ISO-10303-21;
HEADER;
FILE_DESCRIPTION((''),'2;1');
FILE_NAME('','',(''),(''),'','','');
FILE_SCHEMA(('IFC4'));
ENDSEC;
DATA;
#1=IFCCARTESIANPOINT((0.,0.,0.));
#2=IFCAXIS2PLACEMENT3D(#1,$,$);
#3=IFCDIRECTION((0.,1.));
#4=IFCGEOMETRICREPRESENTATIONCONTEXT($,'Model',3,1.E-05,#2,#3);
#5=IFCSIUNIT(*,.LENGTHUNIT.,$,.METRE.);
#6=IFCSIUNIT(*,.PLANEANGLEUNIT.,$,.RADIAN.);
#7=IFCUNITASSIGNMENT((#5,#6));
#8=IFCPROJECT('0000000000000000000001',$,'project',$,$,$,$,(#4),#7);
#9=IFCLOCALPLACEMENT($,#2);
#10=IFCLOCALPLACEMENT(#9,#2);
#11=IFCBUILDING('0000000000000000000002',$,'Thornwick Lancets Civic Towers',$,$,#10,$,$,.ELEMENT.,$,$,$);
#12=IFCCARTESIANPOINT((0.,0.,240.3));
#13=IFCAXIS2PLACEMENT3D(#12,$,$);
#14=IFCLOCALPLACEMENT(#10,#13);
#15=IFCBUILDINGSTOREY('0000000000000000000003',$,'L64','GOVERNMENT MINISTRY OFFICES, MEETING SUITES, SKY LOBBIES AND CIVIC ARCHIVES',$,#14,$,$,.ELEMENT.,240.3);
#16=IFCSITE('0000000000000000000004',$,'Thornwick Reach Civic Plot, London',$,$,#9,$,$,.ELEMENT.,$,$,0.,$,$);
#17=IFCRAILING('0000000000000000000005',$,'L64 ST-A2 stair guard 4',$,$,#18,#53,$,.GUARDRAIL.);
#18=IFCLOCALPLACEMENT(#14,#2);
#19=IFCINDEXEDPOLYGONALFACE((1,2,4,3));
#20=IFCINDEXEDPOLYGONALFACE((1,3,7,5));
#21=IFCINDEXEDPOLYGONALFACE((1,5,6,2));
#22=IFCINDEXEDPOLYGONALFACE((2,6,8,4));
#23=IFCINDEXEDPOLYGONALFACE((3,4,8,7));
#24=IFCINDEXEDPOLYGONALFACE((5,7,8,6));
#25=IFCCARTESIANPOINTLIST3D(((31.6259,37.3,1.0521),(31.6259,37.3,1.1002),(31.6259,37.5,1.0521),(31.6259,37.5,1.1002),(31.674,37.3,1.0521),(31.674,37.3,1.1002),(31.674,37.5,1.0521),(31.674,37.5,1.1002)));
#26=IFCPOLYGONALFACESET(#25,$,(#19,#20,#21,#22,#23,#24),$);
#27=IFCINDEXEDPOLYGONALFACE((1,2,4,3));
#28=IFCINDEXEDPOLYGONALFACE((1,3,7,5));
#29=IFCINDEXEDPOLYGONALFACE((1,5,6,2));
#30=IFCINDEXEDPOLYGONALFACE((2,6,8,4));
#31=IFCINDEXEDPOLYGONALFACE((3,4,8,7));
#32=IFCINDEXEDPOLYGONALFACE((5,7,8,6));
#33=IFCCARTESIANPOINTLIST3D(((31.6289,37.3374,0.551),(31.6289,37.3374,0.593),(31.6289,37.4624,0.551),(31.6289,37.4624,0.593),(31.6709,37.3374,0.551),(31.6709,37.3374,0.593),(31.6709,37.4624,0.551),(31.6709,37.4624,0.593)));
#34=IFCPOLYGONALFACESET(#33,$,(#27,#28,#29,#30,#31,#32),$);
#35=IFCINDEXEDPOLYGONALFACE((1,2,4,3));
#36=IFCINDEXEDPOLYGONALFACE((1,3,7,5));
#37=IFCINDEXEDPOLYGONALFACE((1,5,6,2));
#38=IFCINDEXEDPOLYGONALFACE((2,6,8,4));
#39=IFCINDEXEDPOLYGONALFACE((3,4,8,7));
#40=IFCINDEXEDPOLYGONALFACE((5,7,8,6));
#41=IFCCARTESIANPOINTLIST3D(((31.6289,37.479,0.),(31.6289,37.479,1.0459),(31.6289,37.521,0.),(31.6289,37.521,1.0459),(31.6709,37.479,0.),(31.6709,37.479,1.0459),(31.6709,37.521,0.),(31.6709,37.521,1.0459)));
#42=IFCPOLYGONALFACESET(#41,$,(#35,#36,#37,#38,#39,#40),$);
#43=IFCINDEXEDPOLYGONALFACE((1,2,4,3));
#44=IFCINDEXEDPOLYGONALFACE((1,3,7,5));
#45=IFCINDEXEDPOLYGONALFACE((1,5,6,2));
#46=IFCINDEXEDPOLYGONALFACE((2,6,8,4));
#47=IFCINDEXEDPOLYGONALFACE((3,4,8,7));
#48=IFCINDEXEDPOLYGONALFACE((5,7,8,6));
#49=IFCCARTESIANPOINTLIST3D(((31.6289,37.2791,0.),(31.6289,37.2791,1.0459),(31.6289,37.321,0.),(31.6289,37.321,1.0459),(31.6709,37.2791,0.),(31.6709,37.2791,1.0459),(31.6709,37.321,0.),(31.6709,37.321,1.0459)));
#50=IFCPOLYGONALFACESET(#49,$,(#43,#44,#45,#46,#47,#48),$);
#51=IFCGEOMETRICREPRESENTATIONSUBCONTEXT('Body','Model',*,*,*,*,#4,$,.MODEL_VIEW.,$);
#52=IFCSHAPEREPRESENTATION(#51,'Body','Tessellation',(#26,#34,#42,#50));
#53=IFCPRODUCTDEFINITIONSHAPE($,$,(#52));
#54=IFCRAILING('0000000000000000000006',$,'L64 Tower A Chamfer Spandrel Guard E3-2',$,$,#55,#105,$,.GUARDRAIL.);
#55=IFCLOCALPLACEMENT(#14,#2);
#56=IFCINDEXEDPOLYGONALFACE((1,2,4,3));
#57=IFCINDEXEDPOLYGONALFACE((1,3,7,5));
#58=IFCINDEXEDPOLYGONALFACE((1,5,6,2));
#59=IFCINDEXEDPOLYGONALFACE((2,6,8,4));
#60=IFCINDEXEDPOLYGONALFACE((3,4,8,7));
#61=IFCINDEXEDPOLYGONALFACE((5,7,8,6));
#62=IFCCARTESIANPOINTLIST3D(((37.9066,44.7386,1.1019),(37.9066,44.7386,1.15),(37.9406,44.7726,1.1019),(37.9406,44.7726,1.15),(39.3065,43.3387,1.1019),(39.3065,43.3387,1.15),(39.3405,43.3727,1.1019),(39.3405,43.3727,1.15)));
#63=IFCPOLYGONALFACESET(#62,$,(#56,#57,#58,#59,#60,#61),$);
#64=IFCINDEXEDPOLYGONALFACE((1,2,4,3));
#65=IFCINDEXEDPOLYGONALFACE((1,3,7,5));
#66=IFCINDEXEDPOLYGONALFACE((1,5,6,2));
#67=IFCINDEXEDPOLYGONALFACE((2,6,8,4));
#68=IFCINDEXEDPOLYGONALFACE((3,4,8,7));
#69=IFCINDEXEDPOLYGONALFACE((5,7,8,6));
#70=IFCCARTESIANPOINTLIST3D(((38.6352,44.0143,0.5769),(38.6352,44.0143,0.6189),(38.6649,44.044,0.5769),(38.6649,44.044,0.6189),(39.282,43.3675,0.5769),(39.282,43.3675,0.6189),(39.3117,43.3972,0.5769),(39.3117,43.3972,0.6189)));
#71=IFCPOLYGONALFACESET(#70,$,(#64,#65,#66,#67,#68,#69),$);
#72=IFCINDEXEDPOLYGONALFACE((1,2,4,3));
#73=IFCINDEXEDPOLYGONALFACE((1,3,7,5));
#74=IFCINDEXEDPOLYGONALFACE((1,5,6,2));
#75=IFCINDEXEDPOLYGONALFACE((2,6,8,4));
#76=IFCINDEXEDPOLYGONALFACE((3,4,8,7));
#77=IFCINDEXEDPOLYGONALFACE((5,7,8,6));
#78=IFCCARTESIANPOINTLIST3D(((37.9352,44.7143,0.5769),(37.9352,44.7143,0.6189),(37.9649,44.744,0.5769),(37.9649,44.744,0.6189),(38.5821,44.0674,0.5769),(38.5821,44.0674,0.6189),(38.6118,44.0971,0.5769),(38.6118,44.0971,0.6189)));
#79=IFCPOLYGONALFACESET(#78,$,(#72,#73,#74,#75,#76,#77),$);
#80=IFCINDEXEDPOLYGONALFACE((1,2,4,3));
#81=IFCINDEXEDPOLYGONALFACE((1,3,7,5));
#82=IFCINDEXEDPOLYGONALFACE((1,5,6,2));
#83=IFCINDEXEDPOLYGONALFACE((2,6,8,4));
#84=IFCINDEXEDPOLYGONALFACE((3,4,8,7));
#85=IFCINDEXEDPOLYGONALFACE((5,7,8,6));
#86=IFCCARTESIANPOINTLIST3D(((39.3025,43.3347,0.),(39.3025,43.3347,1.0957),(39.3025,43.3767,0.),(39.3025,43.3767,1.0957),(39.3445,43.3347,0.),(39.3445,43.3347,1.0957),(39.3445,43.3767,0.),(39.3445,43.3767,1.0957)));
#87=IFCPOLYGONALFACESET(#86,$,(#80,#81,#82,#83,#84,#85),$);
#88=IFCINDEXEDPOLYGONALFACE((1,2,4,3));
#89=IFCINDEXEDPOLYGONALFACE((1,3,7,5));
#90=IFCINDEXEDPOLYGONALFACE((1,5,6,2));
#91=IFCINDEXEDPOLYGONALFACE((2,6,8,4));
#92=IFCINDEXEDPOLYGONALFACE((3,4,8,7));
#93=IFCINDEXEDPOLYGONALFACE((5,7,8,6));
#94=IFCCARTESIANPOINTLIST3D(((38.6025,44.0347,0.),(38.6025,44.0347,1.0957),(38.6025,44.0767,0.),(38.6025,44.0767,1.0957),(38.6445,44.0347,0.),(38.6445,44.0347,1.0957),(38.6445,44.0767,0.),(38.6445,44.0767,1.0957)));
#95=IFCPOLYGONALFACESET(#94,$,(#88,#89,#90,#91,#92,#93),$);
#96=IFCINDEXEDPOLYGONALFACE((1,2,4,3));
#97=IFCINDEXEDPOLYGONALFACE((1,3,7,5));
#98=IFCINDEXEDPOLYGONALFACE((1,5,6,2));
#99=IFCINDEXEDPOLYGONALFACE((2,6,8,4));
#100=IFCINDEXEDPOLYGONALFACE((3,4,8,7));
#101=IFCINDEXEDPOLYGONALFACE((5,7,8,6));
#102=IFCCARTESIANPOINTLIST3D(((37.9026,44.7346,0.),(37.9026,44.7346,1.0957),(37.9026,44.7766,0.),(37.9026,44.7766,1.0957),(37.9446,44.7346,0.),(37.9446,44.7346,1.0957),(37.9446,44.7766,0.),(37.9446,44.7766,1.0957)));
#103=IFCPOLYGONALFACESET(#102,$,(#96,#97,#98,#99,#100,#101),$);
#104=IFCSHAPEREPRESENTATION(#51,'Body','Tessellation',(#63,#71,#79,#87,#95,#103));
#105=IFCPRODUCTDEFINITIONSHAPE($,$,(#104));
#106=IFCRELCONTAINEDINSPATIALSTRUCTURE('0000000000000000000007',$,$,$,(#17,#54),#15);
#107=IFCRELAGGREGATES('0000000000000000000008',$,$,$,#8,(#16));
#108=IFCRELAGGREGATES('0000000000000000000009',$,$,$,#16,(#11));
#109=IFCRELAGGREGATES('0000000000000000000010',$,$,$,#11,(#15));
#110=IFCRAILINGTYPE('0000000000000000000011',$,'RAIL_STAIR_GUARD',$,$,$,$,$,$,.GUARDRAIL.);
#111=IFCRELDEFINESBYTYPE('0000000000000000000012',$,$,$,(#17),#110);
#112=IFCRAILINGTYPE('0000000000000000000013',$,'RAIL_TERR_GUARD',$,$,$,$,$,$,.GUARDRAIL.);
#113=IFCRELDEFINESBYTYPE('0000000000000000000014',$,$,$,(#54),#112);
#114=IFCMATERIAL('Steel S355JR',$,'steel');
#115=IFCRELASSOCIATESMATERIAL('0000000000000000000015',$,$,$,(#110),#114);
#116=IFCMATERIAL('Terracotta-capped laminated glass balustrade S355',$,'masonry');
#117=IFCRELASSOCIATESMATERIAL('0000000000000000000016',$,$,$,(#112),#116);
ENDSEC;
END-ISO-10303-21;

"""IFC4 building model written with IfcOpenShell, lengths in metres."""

from ifc_helpers import new_model, si_unit, direction, frame, origin, origin_2d, place, context, subcontext, project, spatial, rectangle, extrude, material, type_object, element, save


model = new_model("IFC4")

# Units and contexts
model_context = context("Model", 3, precision=1e-05, world=origin(), true_north=direction((0.0, 1.0)))
body_context = subcontext(model_context, "Body", "Model", "MODEL_VIEW")
ifc_project = project(units=[si_unit("LENGTHUNIT", "METRE"), si_unit("PLANEANGLEUNIT", "RADIAN")], contexts=[model_context])

# Site, building, storey
site_placement = place(None, origin())
site = spatial("IfcSite", under=ifc_project, at=site_placement, Name="Thornwick Reach Civic Plot, London", CompositionType="ELEMENT", RefElevation=0.0)
building_placement = place(site_placement, origin())
building = spatial("IfcBuilding", under=site, at=building_placement, Name="Thornwick Lancets Civic Towers", CompositionType="ELEMENT")
storey_placement = place(building_placement, frame((0.0, 0.0, 240.3)))
storey = spatial("IfcBuildingStorey", under=building, at=storey_placement, Name="L64", Description="GOVERNMENT MINISTRY OFFICES, MEETING SUITES, SKY LOBBIES AND CIVIC ARCHIVES", CompositionType="ELEMENT", Elevation=240.3)

# Shared definitions
ifc_material_1 = material(Name="Steel S355JR", Category="steel")

# Railings
railing_type_1 = type_object("IfcRailingType", Name="RAIL_STAIR_GUARD", PredefinedType="GUARDRAIL", material=ifc_material_1)
railing_1_placement = place(storey_placement, frame((31.6499, 37.5, 0.0)))
element("IfcRailing", 1, at=railing_1_placement, inside=storey, type_object=railing_type_1, Name="L64 ST-A2 stair guard 4", PredefinedType="GUARDRAIL", context=body_context, shape_type="SweptSolid", body=[
    extrude(rectangle(XDim=0.0481, YDim=0.0481, at=origin_2d()), frame((0.0, 0.0, 1.0762), z_axis=(0.0, -1.0, 0.0), x_axis=(1.0, 0.0, 0.0)), (0.0, 0.0, 1.0), 0.2),
    extrude(rectangle(XDim=0.042, YDim=0.042, at=origin_2d()), frame((0.0, -0.0376, 0.572), z_axis=(0.0, -1.0, 0.0), x_axis=(1.0, 0.0, 0.0)), (0.0, 0.0, 1.0), 0.125),
    extrude(rectangle(XDim=0.042, YDim=0.042, at=origin_2d()), origin(), (0.0, 0.0, 1.0), 1.0459),
    extrude(rectangle(XDim=0.042, YDim=0.042, at=origin_2d()), frame((0.0, -0.2, 0.0)), (0.0, 0.0, 1.0), 1.0459),
])
ifc_material_2 = material(Name="Terracotta-capped laminated glass balustrade S355", Category="masonry")
railing_type_2 = type_object("IfcRailingType", Name="RAIL_TERR_GUARD", PredefinedType="GUARDRAIL", material=ifc_material_2)
railing_2_placement = place(storey_placement, frame((39.3235, 43.3557, 0.0)))
element("IfcRailing", 2, at=railing_2_placement, inside=storey, type_object=railing_type_2, Name="L64 Tower A Chamfer Spandrel Guard E3-2", PredefinedType="GUARDRAIL", context=body_context, shape_type="SweptSolid", body=[
    extrude(rectangle(XDim=0.0481, YDim=0.0481, at=origin_2d()), frame((0.0, 0.0, 1.126), z_axis=(-0.707107, 0.707107, 0.0), x_axis=(-0.707107, -0.707107, 0.0)), (0.0, 0.0, 1.0), 1.9797),
    extrude(rectangle(XDim=0.042, YDim=0.042, at=origin_2d()), frame((-0.0266, 0.0266, 0.5979), z_axis=(-0.707107, 0.707107, 0.0), x_axis=(-0.707107, -0.707107, 0.0)), (0.0, 0.0, 1.0), 0.9148),
    extrude(rectangle(XDim=0.042, YDim=0.042, at=origin_2d()), frame((-0.7266, 0.7266, 0.5979), z_axis=(-0.707107, 0.707107, 0.0), x_axis=(-0.707107, -0.707107, 0.0)), (0.0, 0.0, 1.0), 0.9148),
    extrude(rectangle(XDim=0.042, YDim=0.042, at=origin_2d()), origin(), (0.0, 0.0, 1.0), 1.0957),
    extrude(rectangle(XDim=0.042, YDim=0.042, at=origin_2d()), frame((-0.7, 0.7, 0.0)), (0.0, 0.0, 1.0), 1.0957),
    extrude(rectangle(XDim=0.042, YDim=0.042, at=origin_2d()), frame((-1.3999, 1.3999, 0.0)), (0.0, 0.0, 1.0), 1.0957),
])

save(model, "model.ifc")
